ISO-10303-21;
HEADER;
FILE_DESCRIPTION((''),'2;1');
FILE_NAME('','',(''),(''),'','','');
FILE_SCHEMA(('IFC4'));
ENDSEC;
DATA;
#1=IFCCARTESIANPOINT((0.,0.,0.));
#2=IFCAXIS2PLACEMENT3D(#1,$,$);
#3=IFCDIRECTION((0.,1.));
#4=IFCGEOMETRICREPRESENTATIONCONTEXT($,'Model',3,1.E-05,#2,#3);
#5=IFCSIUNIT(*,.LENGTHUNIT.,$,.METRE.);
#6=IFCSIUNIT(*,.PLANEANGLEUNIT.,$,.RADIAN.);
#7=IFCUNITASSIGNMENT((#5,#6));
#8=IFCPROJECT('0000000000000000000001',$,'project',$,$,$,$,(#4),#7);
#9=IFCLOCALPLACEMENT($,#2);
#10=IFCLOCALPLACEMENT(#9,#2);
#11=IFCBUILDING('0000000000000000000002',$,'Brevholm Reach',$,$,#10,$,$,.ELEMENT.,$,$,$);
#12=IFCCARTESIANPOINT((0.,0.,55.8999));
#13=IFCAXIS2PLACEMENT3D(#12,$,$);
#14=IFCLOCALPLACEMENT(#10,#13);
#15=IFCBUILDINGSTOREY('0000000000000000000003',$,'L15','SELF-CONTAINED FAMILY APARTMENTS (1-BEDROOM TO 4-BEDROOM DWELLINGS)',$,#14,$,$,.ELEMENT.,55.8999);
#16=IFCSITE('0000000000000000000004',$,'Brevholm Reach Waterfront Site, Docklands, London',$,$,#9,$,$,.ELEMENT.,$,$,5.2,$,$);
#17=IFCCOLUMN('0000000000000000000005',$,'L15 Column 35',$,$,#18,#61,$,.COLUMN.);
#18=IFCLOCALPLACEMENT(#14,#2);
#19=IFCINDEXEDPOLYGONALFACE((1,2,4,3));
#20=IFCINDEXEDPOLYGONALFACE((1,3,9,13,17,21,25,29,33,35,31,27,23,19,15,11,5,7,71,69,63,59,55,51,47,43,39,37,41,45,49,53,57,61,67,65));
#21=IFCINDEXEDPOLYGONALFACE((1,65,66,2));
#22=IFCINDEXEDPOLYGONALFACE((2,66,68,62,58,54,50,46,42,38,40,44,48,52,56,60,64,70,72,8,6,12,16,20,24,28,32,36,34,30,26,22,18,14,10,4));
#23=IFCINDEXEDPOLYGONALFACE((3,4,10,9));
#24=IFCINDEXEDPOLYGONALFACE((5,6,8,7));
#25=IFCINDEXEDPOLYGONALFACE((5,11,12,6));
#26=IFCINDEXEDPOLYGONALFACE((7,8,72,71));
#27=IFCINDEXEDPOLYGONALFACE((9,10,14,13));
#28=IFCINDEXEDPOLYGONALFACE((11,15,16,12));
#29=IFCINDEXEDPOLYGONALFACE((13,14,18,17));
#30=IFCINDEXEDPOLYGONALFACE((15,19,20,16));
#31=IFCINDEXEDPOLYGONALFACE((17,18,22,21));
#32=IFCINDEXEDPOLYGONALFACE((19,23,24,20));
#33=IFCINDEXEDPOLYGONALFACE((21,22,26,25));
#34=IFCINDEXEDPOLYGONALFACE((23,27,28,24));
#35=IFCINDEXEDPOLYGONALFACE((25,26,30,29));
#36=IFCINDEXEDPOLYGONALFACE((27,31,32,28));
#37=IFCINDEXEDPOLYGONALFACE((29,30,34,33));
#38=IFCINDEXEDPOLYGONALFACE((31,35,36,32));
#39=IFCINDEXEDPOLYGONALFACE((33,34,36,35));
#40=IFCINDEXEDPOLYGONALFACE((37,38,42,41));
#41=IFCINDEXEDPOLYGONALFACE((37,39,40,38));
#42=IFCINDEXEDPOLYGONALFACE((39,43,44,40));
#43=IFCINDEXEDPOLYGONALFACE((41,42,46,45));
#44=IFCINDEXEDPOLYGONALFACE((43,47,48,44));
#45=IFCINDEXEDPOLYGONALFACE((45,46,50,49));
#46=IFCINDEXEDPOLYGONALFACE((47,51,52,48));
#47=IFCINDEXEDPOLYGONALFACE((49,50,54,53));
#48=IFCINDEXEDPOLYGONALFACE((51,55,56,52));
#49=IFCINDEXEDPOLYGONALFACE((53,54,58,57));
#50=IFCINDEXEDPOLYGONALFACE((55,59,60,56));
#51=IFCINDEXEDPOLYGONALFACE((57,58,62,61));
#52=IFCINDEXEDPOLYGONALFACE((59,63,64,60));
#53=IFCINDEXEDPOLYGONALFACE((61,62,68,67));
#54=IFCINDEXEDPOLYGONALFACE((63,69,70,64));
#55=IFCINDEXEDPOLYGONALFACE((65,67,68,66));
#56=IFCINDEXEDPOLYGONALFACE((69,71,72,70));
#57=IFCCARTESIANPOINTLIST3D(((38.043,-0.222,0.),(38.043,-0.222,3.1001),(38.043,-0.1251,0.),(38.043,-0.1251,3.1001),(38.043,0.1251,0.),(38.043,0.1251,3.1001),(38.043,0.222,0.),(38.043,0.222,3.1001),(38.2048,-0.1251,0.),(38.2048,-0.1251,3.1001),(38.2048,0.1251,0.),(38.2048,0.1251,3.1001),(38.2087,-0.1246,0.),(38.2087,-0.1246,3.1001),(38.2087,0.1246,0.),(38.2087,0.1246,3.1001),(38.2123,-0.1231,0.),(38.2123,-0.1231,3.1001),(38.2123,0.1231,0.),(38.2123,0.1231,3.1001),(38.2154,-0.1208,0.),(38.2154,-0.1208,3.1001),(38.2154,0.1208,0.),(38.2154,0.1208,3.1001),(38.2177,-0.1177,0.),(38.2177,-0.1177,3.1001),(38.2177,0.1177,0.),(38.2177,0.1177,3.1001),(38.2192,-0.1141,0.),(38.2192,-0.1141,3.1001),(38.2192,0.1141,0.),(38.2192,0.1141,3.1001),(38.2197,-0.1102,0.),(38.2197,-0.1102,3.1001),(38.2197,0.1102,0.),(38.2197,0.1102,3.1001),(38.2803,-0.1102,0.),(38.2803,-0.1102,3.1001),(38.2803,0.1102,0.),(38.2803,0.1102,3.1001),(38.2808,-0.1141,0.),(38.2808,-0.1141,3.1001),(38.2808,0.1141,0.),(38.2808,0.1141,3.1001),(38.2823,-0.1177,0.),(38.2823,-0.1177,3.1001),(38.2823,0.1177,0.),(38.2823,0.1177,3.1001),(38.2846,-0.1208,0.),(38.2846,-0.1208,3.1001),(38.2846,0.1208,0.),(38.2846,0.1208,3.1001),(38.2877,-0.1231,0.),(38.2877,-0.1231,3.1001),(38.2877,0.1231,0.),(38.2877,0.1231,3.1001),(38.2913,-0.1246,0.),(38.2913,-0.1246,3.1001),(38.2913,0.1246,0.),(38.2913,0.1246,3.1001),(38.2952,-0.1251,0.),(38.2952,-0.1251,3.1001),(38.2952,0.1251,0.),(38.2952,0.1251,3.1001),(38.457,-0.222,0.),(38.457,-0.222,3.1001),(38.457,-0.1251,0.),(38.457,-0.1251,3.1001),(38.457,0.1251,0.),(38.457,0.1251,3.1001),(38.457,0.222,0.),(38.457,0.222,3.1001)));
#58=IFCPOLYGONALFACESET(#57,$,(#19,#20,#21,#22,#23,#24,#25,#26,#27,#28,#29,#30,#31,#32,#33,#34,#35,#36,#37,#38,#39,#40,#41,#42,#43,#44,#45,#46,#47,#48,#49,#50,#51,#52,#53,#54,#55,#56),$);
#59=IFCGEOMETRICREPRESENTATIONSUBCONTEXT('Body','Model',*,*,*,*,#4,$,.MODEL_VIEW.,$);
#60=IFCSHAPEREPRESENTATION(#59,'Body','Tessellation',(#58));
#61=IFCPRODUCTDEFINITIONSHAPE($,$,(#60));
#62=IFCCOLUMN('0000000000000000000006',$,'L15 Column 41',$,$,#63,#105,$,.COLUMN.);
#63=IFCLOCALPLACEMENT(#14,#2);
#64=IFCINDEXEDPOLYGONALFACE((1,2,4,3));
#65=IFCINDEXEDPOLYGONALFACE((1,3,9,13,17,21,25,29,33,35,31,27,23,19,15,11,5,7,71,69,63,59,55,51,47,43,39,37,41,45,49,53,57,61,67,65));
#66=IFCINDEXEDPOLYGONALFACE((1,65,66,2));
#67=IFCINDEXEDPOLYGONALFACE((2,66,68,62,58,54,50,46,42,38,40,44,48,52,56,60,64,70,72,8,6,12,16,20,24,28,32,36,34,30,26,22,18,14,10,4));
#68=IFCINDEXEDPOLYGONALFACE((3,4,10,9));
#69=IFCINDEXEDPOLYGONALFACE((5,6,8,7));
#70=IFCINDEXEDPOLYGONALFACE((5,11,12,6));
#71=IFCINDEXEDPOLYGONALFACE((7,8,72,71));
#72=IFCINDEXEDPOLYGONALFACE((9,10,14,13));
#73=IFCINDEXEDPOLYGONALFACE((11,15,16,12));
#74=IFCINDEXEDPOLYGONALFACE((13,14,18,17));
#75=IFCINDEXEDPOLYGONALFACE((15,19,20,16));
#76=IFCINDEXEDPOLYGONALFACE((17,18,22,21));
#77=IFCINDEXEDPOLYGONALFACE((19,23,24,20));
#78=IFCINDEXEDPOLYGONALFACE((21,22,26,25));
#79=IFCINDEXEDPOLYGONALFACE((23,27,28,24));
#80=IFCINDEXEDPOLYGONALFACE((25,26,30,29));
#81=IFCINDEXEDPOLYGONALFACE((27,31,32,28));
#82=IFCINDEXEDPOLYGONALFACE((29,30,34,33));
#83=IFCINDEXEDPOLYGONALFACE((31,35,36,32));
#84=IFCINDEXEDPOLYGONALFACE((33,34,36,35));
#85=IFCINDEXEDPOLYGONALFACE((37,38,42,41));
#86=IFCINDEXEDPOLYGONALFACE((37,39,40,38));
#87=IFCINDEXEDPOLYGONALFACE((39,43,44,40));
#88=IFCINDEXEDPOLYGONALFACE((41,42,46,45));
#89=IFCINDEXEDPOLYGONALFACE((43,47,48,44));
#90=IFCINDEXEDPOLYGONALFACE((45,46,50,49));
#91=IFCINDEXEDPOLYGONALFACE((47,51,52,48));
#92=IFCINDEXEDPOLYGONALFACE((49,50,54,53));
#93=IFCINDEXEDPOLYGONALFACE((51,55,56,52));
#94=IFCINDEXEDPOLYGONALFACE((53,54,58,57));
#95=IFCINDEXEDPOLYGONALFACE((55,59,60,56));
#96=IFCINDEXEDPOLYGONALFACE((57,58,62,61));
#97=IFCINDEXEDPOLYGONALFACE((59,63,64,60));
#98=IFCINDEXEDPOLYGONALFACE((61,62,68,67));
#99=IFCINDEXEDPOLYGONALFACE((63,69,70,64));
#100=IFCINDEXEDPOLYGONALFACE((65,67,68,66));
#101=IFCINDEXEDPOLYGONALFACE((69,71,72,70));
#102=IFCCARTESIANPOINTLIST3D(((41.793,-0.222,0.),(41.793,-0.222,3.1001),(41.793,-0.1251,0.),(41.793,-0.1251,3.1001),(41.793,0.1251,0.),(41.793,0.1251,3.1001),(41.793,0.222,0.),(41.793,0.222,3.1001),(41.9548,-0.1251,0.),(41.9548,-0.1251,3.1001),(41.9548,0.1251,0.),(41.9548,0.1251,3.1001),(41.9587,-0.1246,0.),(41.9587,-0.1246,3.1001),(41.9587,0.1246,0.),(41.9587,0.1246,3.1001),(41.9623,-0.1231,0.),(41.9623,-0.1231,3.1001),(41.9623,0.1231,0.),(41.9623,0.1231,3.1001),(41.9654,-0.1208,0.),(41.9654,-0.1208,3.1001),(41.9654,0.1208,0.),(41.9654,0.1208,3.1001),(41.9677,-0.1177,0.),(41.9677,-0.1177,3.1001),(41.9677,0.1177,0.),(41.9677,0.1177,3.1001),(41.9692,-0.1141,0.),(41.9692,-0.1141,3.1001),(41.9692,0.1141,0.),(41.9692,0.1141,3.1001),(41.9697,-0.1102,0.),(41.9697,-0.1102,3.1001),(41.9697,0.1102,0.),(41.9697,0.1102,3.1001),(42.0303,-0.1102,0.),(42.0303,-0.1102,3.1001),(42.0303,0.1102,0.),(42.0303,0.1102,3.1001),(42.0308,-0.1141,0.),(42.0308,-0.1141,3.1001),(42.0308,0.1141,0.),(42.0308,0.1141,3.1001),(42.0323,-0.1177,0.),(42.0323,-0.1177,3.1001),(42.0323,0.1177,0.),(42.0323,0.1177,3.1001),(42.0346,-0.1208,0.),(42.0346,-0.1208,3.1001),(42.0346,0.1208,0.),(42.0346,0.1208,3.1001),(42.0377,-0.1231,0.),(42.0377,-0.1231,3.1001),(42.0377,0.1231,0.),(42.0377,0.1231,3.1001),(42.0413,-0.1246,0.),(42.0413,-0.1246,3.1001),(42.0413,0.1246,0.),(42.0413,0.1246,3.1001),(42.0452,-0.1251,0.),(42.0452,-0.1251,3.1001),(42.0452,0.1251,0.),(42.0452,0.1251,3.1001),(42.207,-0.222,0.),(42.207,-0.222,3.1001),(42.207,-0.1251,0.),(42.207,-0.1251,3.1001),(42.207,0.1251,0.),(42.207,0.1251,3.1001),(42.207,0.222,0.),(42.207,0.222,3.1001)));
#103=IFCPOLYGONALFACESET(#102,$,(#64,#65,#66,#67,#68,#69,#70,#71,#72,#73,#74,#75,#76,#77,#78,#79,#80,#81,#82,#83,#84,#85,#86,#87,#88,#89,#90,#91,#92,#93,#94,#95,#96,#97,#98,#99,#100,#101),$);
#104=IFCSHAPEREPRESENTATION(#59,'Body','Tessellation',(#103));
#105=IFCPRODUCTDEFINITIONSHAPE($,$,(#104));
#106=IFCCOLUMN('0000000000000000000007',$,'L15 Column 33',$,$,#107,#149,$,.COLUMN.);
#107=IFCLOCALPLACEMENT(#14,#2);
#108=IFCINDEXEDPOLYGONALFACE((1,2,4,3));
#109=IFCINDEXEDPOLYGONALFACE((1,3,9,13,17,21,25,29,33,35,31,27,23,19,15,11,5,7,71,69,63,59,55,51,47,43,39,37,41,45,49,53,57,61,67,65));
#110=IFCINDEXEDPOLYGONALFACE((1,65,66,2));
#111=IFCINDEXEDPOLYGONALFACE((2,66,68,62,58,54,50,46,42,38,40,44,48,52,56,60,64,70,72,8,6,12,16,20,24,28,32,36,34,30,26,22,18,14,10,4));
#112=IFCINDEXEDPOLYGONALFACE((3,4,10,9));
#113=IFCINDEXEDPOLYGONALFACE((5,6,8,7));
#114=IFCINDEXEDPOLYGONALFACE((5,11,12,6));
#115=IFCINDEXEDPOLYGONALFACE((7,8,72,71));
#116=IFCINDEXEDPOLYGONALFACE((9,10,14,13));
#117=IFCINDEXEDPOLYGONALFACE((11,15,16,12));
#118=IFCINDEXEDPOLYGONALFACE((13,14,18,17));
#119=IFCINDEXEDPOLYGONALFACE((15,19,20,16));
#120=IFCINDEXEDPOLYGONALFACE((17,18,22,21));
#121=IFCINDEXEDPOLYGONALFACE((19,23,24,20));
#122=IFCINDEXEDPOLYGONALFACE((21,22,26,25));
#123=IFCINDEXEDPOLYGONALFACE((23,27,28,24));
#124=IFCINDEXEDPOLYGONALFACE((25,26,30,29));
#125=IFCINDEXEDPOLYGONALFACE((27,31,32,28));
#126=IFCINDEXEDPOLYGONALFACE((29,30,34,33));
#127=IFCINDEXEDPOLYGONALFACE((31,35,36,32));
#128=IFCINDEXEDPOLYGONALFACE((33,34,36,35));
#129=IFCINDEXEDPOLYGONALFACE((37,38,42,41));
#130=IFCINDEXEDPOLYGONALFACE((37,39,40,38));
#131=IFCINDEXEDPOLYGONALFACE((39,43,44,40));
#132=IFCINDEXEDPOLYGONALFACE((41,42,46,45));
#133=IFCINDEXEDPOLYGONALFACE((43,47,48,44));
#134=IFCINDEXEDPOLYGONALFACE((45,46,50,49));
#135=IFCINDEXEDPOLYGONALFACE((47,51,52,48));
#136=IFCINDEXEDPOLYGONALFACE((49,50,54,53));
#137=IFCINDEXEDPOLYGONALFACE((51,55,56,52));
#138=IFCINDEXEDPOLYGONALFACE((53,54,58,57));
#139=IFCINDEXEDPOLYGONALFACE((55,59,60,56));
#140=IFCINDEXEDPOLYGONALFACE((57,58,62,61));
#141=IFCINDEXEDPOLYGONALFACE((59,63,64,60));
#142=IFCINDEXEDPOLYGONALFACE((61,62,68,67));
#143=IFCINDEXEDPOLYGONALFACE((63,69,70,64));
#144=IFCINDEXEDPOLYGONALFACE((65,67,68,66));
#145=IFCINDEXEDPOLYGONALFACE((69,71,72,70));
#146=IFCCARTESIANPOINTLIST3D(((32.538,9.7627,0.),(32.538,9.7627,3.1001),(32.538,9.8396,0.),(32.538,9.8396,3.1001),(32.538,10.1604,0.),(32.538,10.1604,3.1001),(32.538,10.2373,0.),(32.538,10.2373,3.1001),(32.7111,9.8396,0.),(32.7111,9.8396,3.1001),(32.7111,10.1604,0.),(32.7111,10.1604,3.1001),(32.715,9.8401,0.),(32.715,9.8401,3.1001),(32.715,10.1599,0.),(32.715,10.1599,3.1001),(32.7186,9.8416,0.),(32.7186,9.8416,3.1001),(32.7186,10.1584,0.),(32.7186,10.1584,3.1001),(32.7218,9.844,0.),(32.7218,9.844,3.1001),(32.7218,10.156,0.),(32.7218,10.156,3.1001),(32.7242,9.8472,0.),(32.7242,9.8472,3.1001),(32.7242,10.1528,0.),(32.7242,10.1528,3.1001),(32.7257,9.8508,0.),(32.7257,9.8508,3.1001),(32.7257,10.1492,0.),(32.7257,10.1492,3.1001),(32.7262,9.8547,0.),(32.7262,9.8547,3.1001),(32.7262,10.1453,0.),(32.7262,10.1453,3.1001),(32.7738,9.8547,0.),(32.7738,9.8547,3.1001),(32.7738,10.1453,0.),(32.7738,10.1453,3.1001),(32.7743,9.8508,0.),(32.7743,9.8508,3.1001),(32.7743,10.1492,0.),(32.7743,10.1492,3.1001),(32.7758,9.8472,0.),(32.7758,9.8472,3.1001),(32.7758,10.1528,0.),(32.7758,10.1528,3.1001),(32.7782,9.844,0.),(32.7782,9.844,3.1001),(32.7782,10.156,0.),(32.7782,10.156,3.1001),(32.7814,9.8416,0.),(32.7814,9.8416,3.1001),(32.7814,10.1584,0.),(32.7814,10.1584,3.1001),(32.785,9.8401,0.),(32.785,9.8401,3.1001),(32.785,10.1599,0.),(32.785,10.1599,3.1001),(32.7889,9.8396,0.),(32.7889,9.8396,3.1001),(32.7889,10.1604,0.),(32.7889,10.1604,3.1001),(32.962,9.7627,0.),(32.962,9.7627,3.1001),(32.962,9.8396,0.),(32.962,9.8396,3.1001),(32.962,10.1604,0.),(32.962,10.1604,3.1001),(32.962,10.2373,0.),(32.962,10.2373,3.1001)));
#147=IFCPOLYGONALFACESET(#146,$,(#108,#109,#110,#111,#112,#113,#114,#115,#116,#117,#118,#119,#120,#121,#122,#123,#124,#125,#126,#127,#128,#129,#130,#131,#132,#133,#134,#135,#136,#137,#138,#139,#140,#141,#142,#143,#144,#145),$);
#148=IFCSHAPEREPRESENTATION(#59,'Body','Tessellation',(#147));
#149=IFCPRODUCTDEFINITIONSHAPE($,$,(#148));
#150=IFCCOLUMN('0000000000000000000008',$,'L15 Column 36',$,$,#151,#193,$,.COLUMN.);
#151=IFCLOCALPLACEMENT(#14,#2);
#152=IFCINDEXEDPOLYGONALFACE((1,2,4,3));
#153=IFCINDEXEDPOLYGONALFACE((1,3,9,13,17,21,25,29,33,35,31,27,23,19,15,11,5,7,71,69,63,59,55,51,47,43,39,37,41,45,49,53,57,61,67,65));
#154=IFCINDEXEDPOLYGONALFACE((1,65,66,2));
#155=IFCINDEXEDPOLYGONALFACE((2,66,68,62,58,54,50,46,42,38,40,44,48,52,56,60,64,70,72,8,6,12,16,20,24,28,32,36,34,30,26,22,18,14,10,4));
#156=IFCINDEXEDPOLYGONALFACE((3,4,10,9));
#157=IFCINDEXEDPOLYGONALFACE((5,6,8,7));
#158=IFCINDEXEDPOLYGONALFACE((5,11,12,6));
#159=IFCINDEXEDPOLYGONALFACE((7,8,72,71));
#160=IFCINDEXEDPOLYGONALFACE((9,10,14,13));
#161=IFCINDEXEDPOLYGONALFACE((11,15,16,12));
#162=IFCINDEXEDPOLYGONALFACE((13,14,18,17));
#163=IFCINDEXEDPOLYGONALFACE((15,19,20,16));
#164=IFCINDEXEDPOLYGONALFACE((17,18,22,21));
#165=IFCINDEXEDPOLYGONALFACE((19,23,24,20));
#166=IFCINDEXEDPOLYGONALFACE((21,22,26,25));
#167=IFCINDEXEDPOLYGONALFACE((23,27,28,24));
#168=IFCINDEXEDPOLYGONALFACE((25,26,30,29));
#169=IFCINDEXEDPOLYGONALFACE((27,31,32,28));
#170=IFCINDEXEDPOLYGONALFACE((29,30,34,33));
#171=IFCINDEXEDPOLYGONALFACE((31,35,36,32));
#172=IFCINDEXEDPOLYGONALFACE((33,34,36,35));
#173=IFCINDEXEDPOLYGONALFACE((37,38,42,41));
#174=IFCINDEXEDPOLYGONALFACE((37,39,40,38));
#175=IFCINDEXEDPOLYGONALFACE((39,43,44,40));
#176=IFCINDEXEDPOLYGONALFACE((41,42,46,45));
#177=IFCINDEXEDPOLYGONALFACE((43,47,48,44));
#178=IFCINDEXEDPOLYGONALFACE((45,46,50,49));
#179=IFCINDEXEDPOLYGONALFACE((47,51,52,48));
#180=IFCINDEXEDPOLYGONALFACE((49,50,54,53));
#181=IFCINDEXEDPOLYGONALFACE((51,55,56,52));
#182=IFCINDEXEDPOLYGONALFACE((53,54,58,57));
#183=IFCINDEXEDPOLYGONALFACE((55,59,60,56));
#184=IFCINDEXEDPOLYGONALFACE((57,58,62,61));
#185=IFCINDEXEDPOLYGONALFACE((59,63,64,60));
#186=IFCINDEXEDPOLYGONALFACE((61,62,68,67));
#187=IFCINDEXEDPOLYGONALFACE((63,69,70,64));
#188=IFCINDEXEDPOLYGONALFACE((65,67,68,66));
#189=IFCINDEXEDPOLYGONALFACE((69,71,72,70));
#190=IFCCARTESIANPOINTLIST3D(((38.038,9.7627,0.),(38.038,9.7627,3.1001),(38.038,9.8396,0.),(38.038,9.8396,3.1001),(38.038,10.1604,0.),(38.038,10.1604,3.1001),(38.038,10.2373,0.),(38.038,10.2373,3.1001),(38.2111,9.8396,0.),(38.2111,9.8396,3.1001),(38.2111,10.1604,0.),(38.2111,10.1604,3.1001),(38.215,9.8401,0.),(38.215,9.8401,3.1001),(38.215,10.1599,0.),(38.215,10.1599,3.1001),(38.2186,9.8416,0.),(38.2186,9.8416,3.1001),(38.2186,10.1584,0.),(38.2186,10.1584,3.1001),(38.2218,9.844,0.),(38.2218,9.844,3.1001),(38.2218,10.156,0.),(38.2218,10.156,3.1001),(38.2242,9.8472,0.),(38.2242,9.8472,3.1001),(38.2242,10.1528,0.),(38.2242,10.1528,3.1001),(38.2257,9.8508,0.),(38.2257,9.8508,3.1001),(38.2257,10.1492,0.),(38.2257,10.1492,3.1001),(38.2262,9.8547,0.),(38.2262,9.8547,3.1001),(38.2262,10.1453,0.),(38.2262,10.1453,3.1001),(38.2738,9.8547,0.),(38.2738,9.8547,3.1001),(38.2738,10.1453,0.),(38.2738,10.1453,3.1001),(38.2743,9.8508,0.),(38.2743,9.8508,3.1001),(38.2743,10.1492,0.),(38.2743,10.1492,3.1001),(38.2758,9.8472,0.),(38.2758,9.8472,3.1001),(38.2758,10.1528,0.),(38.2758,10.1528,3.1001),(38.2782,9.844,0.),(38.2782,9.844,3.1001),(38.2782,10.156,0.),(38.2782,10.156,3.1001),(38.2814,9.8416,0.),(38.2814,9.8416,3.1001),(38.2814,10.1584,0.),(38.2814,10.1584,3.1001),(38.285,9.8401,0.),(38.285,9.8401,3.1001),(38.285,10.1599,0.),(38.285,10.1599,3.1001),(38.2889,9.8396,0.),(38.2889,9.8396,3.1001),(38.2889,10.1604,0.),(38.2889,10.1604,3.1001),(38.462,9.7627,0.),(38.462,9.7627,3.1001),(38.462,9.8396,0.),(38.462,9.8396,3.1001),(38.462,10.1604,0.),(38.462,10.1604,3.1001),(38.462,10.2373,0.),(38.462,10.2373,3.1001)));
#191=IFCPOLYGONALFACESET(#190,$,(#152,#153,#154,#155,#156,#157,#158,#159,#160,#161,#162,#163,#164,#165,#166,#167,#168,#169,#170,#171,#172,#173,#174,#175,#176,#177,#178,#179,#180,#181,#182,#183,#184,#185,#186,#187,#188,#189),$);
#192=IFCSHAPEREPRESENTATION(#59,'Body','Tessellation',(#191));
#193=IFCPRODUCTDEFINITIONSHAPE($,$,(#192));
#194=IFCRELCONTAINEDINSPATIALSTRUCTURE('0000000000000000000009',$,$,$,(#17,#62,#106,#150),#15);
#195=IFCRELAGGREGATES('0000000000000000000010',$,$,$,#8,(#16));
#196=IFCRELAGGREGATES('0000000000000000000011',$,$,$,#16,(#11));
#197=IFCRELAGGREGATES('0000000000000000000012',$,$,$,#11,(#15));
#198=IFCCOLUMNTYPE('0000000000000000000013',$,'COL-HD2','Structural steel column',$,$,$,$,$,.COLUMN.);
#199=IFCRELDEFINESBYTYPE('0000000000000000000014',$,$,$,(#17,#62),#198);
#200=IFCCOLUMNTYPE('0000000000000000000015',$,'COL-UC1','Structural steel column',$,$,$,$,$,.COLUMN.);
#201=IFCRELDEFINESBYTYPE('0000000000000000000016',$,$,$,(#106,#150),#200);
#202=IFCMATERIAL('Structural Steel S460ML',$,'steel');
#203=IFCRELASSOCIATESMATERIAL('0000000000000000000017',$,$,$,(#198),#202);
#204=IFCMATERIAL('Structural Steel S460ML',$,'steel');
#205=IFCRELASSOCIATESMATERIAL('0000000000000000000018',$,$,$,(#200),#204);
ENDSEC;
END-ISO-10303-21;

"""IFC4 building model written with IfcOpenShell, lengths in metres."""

from ifc_helpers import new_model, si_unit, direction, frame, origin, origin_2d, place, context, subcontext, project, spatial, i_section, extrude, material, material_profile, profile_set, type_object, element, save


model = new_model("IFC4")

# Units and contexts
model_context = context("Model", 3, precision=1e-05, world=origin(), true_north=direction((0.0, 1.0)))
body_context = subcontext(model_context, "Body", "Model", "MODEL_VIEW")
ifc_project = project(units=[si_unit("LENGTHUNIT", "METRE"), si_unit("PLANEANGLEUNIT", "RADIAN")], contexts=[model_context])

# Site, building, storey
site_placement = place(None, origin())
site = spatial("IfcSite", under=ifc_project, at=site_placement, Name="Brevholm Reach Waterfront Site, Docklands, London", CompositionType="ELEMENT", RefElevation=5.2)
building_placement = place(site_placement, origin())
building = spatial("IfcBuilding", under=site, at=building_placement, Name="Brevholm Reach", CompositionType="ELEMENT")
storey_placement = place(building_placement, frame((0.0, 0.0, 55.8999)))
storey = spatial("IfcBuildingStorey", under=building, at=storey_placement, Name="L15", Description="SELF-CONTAINED FAMILY APARTMENTS (1-BEDROOM TO 4-BEDROOM DWELLINGS)", CompositionType="ELEMENT", Elevation=55.8999)

# Columns
ifc_material_1 = material(Name="Structural Steel S460ML", Category="steel")
ifc_material_profile_1 = material_profile(ifc_material_1, i_section(OverallWidth=0.4141, OverallDepth=0.4441, WebThickness=0.0605, FlangeThickness=0.0969, FilletRadius=0.0149, at=origin_2d()), Name="HD 400x818")
ifc_profile_set_1 = profile_set([ifc_material_profile_1], Name="Structural Steel S460ML")
column_type_1 = type_object("IfcColumnType", Name="COL-HD2", Description="Structural steel column", PredefinedType="COLUMN", material=ifc_profile_set_1)
for number, where, z_axis, x_axis, name in (
    (1, (38.25, 0.0, 0.0), (0.0, 0.0, 1.0), (1.0, 0.0, 0.0), "L15 Column 35"),
    (2, (42.0, 0.0, 0.0), (0.0, 0.0, 1.0), (1.0, 0.0, 0.0), "L15 Column 41"),
):
    element("IfcColumn", number, at=place(storey_placement, frame(where, z_axis=z_axis, x_axis=x_axis)), inside=storey, type_object=column_type_1, Name=name, PredefinedType="COLUMN", context=body_context, shape_type="SweptSolid", body=[
        extrude(i_section(OverallWidth=0.4141, OverallDepth=0.4441, WebThickness=0.0605, FlangeThickness=0.0969, FilletRadius=0.0149, at=origin_2d()), origin(), (0.0, 0.0, 1.0), 3.1001),
    ])
ifc_material_2 = material(Name="Structural Steel S460ML", Category="steel")
ifc_material_profile_2 = material_profile(ifc_material_2, i_section(OverallWidth=0.4241, OverallDepth=0.4746, WebThickness=0.0476, FlangeThickness=0.0769, FilletRadius=0.0151, at=origin_2d()), Name="UKC 356x406x634")
ifc_profile_set_2 = profile_set([ifc_material_profile_2], Name="Structural Steel S460ML")
column_type_2 = type_object("IfcColumnType", Name="COL-UC1", Description="Structural steel column", PredefinedType="COLUMN", material=ifc_profile_set_2)
for number, where, z_axis, x_axis, name in (
    (3, (32.75, 10.0, 0.0), (0.0, 0.0, 1.0), (1.0, 0.0, 0.0), "L15 Column 33"),
    (4, (38.25, 10.0, 0.0), (0.0, 0.0, 1.0), (1.0, 0.0, 0.0), "L15 Column 36"),
):
    element("IfcColumn", number, at=place(storey_placement, frame(where, z_axis=z_axis, x_axis=x_axis)), inside=storey, type_object=column_type_2, Name=name, PredefinedType="COLUMN", context=body_context, shape_type="SweptSolid", body=[
        extrude(i_section(OverallWidth=0.4241, OverallDepth=0.4746, WebThickness=0.0476, FlangeThickness=0.0769, FilletRadius=0.0151, at=origin_2d()), origin(), (0.0, 0.0, 1.0), 3.1001),
    ])

save(model, "model.ifc")
